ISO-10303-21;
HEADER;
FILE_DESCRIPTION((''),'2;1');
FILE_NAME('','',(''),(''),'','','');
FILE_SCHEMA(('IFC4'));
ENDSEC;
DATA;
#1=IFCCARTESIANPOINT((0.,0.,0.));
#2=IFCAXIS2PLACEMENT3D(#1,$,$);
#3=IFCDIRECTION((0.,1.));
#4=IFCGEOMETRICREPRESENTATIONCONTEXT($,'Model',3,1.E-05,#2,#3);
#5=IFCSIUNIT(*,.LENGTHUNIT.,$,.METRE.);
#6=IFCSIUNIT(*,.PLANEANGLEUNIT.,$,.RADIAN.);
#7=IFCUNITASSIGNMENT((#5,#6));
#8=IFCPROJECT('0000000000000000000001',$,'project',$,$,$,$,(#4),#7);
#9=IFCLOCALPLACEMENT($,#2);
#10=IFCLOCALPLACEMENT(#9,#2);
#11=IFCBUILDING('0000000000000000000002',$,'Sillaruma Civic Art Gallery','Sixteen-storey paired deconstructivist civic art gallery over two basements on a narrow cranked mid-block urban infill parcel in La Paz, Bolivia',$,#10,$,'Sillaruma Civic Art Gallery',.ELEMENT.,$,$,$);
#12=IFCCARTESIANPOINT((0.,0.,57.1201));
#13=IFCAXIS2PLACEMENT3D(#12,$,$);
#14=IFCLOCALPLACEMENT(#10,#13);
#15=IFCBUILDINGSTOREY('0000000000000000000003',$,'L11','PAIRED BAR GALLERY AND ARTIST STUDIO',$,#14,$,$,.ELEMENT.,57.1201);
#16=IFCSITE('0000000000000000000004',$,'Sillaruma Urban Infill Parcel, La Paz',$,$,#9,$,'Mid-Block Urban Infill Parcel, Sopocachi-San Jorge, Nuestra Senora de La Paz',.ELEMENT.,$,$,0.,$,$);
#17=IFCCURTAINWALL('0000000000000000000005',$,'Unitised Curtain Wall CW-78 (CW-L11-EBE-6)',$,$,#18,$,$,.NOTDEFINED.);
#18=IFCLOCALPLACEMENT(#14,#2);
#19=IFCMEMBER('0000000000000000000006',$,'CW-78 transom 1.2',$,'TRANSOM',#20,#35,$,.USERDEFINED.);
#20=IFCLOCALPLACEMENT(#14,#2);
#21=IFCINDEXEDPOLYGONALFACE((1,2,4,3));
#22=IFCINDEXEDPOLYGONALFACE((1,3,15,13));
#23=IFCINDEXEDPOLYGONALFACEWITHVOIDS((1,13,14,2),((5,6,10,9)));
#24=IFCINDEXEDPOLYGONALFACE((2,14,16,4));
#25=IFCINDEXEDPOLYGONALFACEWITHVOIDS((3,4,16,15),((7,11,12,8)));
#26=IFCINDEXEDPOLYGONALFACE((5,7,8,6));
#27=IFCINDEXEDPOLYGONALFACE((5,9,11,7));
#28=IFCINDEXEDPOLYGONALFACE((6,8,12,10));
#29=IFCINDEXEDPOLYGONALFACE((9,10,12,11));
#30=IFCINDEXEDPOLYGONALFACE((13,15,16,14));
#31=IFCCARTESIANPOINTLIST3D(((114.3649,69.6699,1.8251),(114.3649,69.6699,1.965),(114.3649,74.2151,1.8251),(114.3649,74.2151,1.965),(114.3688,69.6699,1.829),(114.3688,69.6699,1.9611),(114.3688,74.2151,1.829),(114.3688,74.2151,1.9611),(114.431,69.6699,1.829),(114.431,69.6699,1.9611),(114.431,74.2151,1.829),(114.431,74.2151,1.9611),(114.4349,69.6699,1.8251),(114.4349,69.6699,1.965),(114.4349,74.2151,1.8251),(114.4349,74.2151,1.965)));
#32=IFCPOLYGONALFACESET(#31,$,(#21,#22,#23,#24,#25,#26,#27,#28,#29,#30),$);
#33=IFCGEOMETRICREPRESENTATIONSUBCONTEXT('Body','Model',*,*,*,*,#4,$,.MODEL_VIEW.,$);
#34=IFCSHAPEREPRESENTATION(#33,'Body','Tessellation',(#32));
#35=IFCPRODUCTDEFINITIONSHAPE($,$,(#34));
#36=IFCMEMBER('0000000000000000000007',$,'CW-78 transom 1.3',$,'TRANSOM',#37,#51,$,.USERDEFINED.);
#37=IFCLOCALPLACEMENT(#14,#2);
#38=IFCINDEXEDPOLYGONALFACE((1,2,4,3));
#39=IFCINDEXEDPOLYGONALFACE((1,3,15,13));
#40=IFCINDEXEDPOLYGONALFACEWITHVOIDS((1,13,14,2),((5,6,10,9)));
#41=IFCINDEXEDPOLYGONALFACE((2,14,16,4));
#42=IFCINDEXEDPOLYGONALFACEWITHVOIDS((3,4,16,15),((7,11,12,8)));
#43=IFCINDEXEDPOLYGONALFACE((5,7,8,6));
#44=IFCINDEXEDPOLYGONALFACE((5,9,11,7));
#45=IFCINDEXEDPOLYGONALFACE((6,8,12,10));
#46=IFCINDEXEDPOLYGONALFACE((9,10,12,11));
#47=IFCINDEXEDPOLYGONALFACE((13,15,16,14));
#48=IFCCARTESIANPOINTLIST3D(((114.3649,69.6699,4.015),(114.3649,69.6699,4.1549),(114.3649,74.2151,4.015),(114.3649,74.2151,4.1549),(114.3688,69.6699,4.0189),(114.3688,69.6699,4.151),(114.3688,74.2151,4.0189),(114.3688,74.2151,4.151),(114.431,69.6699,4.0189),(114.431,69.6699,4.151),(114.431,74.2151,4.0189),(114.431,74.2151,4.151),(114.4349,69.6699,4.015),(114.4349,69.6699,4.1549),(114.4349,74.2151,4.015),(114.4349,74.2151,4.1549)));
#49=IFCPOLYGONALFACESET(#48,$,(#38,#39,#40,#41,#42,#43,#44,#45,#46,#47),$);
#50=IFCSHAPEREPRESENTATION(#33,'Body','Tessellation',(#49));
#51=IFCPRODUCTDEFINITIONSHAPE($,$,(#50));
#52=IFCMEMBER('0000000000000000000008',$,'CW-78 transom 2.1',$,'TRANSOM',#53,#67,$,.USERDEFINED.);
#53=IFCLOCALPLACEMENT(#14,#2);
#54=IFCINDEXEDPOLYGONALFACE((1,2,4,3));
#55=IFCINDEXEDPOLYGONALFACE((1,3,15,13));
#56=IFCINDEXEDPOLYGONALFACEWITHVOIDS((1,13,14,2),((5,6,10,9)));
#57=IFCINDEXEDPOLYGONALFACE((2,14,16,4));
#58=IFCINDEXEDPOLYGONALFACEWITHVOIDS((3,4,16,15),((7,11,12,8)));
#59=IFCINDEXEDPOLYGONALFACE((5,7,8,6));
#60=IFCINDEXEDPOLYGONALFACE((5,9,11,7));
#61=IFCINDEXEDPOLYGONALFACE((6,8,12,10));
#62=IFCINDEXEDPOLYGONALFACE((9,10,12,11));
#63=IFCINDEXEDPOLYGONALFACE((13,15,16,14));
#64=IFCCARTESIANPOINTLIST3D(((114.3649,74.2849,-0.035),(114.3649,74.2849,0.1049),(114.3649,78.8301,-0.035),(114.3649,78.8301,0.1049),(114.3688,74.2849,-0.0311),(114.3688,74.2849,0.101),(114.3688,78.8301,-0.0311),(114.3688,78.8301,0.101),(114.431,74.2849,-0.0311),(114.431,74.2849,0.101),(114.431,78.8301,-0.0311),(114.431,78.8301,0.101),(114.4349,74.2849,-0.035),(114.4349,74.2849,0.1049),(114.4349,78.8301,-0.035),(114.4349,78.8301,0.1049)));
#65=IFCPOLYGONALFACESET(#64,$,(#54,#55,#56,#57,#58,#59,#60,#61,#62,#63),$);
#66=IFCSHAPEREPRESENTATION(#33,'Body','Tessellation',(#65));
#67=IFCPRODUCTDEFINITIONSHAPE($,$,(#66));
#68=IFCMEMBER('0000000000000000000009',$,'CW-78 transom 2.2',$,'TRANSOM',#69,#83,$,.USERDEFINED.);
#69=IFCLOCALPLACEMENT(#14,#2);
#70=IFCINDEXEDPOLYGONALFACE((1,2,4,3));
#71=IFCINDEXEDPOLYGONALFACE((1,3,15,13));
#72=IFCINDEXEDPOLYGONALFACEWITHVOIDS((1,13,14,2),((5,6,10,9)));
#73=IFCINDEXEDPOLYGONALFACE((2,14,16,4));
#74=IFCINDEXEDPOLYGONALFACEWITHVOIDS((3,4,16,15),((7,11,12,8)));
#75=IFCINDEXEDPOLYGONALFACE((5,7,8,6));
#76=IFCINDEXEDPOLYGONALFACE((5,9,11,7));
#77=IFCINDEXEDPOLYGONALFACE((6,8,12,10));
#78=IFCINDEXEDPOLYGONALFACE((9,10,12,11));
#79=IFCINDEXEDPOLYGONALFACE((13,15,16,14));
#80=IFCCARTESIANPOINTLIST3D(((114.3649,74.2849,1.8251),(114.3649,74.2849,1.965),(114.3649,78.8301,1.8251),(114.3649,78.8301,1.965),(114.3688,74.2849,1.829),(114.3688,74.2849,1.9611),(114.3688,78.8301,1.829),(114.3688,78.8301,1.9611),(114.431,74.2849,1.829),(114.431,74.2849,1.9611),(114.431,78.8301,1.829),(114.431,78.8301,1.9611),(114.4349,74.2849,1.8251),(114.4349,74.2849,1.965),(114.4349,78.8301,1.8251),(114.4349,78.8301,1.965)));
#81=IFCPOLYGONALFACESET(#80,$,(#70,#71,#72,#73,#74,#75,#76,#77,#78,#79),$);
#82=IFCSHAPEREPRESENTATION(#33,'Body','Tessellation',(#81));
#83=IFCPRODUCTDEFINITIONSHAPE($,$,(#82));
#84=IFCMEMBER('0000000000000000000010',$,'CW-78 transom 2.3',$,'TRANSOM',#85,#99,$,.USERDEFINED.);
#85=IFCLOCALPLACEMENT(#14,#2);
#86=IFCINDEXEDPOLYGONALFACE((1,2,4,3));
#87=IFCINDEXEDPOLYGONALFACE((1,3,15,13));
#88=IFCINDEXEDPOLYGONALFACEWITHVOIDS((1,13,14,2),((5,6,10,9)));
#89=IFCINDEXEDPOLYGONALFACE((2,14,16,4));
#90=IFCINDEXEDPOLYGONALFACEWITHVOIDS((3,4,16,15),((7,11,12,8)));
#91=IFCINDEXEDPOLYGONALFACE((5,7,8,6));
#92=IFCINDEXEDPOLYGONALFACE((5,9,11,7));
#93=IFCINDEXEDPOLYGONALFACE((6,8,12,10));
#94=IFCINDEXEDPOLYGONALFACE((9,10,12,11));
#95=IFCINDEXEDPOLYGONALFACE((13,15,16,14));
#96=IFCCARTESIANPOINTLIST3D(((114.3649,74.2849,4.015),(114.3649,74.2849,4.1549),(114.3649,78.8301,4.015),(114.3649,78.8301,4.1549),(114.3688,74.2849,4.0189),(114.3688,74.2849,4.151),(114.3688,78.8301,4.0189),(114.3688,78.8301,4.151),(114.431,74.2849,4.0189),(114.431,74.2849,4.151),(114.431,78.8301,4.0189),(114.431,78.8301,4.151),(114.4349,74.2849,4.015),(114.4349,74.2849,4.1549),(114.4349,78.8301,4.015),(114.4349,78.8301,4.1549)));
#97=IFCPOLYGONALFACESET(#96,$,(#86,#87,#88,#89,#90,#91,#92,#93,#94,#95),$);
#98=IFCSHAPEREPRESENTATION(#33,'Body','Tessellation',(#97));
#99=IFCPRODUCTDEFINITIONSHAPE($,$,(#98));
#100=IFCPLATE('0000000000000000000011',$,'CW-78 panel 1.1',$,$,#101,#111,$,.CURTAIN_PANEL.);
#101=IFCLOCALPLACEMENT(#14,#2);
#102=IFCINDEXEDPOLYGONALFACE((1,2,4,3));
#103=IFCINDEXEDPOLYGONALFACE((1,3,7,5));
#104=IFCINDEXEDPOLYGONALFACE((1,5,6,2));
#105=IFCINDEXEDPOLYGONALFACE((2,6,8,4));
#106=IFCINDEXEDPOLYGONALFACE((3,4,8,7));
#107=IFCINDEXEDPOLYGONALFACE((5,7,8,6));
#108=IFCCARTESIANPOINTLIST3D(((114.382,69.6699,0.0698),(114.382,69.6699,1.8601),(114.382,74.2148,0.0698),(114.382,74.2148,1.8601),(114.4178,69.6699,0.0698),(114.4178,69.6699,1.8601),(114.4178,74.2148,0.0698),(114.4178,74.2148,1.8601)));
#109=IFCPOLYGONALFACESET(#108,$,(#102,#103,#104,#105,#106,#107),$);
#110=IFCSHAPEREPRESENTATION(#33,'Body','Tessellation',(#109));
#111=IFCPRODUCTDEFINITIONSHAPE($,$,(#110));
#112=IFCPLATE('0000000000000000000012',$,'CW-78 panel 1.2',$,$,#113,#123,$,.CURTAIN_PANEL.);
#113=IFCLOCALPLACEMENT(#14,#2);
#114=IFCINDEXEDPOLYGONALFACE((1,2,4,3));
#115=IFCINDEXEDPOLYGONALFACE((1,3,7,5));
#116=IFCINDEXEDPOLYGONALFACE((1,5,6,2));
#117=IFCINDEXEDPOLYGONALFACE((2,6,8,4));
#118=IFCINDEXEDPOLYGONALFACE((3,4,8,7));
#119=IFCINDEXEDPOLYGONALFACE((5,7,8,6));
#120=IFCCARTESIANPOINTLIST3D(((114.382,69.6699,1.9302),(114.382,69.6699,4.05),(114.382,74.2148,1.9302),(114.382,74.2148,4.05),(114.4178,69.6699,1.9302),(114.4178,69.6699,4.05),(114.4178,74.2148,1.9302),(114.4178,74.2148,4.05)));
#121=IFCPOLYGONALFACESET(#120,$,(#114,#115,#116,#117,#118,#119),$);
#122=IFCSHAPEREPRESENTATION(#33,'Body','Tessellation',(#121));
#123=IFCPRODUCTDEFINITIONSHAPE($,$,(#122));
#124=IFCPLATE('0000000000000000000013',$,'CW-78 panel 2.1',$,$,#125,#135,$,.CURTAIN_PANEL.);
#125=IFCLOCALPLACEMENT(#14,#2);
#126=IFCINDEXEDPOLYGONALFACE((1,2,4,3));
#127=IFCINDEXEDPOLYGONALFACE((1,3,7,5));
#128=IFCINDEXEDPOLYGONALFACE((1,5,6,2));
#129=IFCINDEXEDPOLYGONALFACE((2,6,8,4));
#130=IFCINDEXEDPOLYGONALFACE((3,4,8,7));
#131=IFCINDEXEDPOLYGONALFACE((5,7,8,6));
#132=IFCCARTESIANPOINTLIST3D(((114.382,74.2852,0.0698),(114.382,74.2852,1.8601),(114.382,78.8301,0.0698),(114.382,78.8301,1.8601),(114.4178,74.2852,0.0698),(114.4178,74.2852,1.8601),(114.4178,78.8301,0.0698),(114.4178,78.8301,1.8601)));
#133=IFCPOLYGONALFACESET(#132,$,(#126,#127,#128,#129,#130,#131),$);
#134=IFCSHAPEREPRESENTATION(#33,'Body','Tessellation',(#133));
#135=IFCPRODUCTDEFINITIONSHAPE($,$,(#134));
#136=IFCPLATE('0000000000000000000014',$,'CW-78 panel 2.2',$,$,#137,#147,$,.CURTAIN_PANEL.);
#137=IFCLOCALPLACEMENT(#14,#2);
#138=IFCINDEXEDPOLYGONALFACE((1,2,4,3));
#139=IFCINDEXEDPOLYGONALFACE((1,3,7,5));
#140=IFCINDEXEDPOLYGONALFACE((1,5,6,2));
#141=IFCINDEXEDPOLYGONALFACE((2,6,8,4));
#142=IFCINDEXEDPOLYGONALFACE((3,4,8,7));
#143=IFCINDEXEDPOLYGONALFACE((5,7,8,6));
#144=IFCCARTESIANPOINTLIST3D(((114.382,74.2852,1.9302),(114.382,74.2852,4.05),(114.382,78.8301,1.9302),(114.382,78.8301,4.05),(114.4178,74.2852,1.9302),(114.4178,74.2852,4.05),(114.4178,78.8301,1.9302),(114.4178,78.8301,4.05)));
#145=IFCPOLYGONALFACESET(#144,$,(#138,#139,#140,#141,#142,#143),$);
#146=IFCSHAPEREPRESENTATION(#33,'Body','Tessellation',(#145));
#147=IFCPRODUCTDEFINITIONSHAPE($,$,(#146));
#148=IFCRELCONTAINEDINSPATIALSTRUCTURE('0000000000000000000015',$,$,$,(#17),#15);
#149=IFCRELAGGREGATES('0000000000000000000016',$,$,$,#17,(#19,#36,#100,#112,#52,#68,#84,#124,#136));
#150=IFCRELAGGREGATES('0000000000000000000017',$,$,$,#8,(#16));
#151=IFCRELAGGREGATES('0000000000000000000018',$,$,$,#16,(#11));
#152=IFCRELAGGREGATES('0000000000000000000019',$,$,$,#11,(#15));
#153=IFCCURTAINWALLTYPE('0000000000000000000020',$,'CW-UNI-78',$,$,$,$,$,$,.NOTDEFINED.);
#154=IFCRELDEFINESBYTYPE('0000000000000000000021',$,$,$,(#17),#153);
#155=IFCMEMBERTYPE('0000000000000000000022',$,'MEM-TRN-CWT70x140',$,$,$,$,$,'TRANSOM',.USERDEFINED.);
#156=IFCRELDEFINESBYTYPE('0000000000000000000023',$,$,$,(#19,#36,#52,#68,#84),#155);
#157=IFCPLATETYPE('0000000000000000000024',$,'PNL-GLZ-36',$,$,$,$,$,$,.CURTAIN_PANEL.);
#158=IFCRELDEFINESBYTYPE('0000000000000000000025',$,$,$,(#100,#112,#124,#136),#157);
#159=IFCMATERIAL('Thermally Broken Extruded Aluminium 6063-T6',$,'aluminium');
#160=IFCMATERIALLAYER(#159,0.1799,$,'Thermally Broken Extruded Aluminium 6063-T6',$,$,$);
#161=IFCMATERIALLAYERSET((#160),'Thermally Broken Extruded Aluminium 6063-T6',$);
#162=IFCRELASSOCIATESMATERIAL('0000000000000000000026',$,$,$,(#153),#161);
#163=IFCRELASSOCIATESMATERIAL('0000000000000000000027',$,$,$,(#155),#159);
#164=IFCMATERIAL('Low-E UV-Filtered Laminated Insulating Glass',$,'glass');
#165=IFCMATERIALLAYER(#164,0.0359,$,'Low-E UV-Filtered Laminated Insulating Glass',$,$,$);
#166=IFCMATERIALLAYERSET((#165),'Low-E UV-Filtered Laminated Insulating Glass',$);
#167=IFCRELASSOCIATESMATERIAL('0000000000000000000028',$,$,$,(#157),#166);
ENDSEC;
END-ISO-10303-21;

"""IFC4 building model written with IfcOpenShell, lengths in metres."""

from ifc_helpers import new_model, si_unit, direction, frame, origin, origin_2d, place, context, subcontext, project, spatial, rectangle, hollow_rectangle, extrude, material, layer, layer_set, material_profile, profile_set, type_object, element, aggregate, save


model = new_model("IFC4")

# Units and contexts
model_context = context("Model", 3, precision=1e-05, world=origin(), true_north=direction((0.0, 1.0)))
body_context = subcontext(model_context, "Body", "Model", "MODEL_VIEW")
ifc_project = project(units=[si_unit("LENGTHUNIT", "METRE"), si_unit("PLANEANGLEUNIT", "RADIAN")], contexts=[model_context])

# Site, building, storey
site_placement = place(None, origin())
site = spatial("IfcSite", under=ifc_project, at=site_placement, Name="Sillaruma Urban Infill Parcel, La Paz", LongName="Mid-Block Urban Infill Parcel, Sopocachi-San Jorge, Nuestra Senora de La Paz", CompositionType="ELEMENT", RefElevation=0.0)
building_placement = place(site_placement, origin())
building = spatial("IfcBuilding", under=site, at=building_placement, Name="Sillaruma Civic Art Gallery", Description="Sixteen-storey paired deconstructivist civic art gallery over two basements on a narrow cranked mid-block urban infill parcel in La Paz, Bolivia", LongName="Sillaruma Civic Art Gallery", CompositionType="ELEMENT")
storey_placement = place(building_placement, frame((0.0, 0.0, 57.1201)))
storey = spatial("IfcBuildingStorey", under=building, at=storey_placement, Name="L11", Description="PAIRED BAR GALLERY AND ARTIST STUDIO", CompositionType="ELEMENT", Elevation=57.1201)

# Curtain wall, members, plates
ifc_material_1 = material(Name="Thermally Broken Extruded Aluminium 6063-T6", Category="aluminium")
ifc_layer_1 = layer(ifc_material_1, 0.1799, Name="Thermally Broken Extruded Aluminium 6063-T6")
ifc_layer_set_1 = layer_set([ifc_layer_1], Name="Thermally Broken Extruded Aluminium 6063-T6")
curtain_wall_type = type_object("IfcCurtainWallType", Name="CW-UNI-78", PredefinedType="NOTDEFINED", material=ifc_layer_set_1)
curtain_wall_placement = place(storey_placement, origin())
curtain_wall = element("IfcCurtainWall", 1, at=curtain_wall_placement, inside=storey, type_object=curtain_wall_type, Name="Unitised Curtain Wall CW-78 (CW-L11-EBE-6)", PredefinedType="NOTDEFINED")
ifc_material_profile_1 = material_profile(ifc_material_1, hollow_rectangle(XDim=0.0701, YDim=0.1399, WallThickness=0.0039, at=origin_2d()), Name="CWT70x140")
ifc_profile_set_1 = profile_set([ifc_material_profile_1], Name="Thermally Broken Extruded Aluminium 6063-T6")
member_type_1 = type_object("IfcMemberType", Name="MEM-TRN-CWT70x140", ElementType="TRANSOM", PredefinedType="USERDEFINED", material=ifc_profile_set_1)
member_1_placement = place(storey_placement, frame((114.3999, 69.6699, 1.895), z_axis=(0.0, 1.0, 0.0), x_axis=(-1.0, 0.0, 0.0)))
member_1 = element("IfcMember", 2, at=member_1_placement, type_object=member_type_1, Name="CW-78 transom 1.2", ObjectType="TRANSOM", PredefinedType="USERDEFINED", context=body_context, shape_type="SweptSolid", body=[
    extrude(hollow_rectangle(XDim=0.0701, YDim=0.1399, WallThickness=0.0039, at=origin_2d()), origin(), (0.0, 0.0, 1.0), 4.5452),
])
member_2_placement = place(storey_placement, frame((114.3999, 69.6699, 4.085), z_axis=(0.0, 1.0, 0.0), x_axis=(-1.0, 0.0, 0.0)))
member_2 = element("IfcMember", 3, at=member_2_placement, type_object=member_type_1, Name="CW-78 transom 1.3", ObjectType="TRANSOM", PredefinedType="USERDEFINED", context=body_context, shape_type="SweptSolid", body=[
    extrude(hollow_rectangle(XDim=0.0701, YDim=0.1399, WallThickness=0.0039, at=origin_2d()), origin(), (0.0, 0.0, 1.0), 4.5452),
])
member_3_placement = place(storey_placement, frame((114.3999, 74.2849, 0.0349), z_axis=(0.0, 1.0, 0.0), x_axis=(-1.0, 0.0, 0.0)))
member_3 = element("IfcMember", 4, at=member_3_placement, type_object=member_type_1, Name="CW-78 transom 2.1", ObjectType="TRANSOM", PredefinedType="USERDEFINED", context=body_context, shape_type="SweptSolid", body=[
    extrude(hollow_rectangle(XDim=0.0701, YDim=0.1399, WallThickness=0.0039, at=origin_2d()), origin(), (0.0, 0.0, 1.0), 4.5452),
])
member_4_placement = place(storey_placement, frame((114.3999, 74.2849, 1.895), z_axis=(0.0, 1.0, 0.0), x_axis=(-1.0, 0.0, 0.0)))
member_4 = element("IfcMember", 5, at=member_4_placement, type_object=member_type_1, Name="CW-78 transom 2.2", ObjectType="TRANSOM", PredefinedType="USERDEFINED", context=body_context, shape_type="SweptSolid", body=[
    extrude(hollow_rectangle(XDim=0.0701, YDim=0.1399, WallThickness=0.0039, at=origin_2d()), origin(), (0.0, 0.0, 1.0), 4.5452),
])
member_5_placement = place(storey_placement, frame((114.3999, 74.2849, 4.085), z_axis=(0.0, 1.0, 0.0), x_axis=(-1.0, 0.0, 0.0)))
member_5 = element("IfcMember", 6, at=member_5_placement, type_object=member_type_1, Name="CW-78 transom 2.3", ObjectType="TRANSOM", PredefinedType="USERDEFINED", context=body_context, shape_type="SweptSolid", body=[
    extrude(hollow_rectangle(XDim=0.0701, YDim=0.1399, WallThickness=0.0039, at=origin_2d()), origin(), (0.0, 0.0, 1.0), 4.5452),
])
ifc_material_2 = material(Name="Low-E UV-Filtered Laminated Insulating Glass", Category="glass")
ifc_layer_2 = layer(ifc_material_2, 0.0359, Name="Low-E UV-Filtered Laminated Insulating Glass")
ifc_layer_set_2 = layer_set([ifc_layer_2], Name="Low-E UV-Filtered Laminated Insulating Glass")
plate_type = type_object("IfcPlateType", Name="PNL-GLZ-36", PredefinedType="CURTAIN_PANEL", material=ifc_layer_set_2)
plate_1_placement = place(storey_placement, frame((114.3999, 71.9424, 0.0698), z_axis=(0.0, 0.0, 1.0), x_axis=(0.0, 1.0, 0.0)))
plate_1 = element("IfcPlate", 7, at=plate_1_placement, type_object=plate_type, Name="CW-78 panel 1.1", PredefinedType="CURTAIN_PANEL", context=body_context, shape_type="SweptSolid", body=[
    extrude(rectangle(XDim=4.5449, YDim=0.0359, at=origin_2d()), origin(), (0.0, 0.0, 1.0), 1.7903),
])
plate_2_placement = place(storey_placement, frame((114.3999, 71.9424, 1.9302), z_axis=(0.0, 0.0, 1.0), x_axis=(0.0, 1.0, 0.0)))
plate_2 = element("IfcPlate", 8, at=plate_2_placement, type_object=plate_type, Name="CW-78 panel 1.2", PredefinedType="CURTAIN_PANEL", context=body_context, shape_type="SweptSolid", body=[
    extrude(rectangle(XDim=4.5449, YDim=0.0359, at=origin_2d()), origin(), (0.0, 0.0, 1.0), 2.1199),
])
plate_3_placement = place(storey_placement, frame((114.3999, 76.5576, 0.0698), z_axis=(0.0, 0.0, 1.0), x_axis=(0.0, 1.0, 0.0)))
plate_3 = element("IfcPlate", 9, at=plate_3_placement, type_object=plate_type, Name="CW-78 panel 2.1", PredefinedType="CURTAIN_PANEL", context=body_context, shape_type="SweptSolid", body=[
    extrude(rectangle(XDim=4.5449, YDim=0.0359, at=origin_2d()), origin(), (0.0, 0.0, 1.0), 1.7903),
])
plate_4_placement = place(storey_placement, frame((114.3999, 76.5576, 1.9302), z_axis=(0.0, 0.0, 1.0), x_axis=(0.0, 1.0, 0.0)))
plate_4 = element("IfcPlate", 10, at=plate_4_placement, type_object=plate_type, Name="CW-78 panel 2.2", PredefinedType="CURTAIN_PANEL", context=body_context, shape_type="SweptSolid", body=[
    extrude(rectangle(XDim=4.5449, YDim=0.0359, at=origin_2d()), origin(), (0.0, 0.0, 1.0), 2.1199),
])
aggregate(curtain_wall, [member_1, member_2, plate_1, plate_2, member_3, member_4, member_5, plate_3, plate_4])

save(model, "model.ifc")
